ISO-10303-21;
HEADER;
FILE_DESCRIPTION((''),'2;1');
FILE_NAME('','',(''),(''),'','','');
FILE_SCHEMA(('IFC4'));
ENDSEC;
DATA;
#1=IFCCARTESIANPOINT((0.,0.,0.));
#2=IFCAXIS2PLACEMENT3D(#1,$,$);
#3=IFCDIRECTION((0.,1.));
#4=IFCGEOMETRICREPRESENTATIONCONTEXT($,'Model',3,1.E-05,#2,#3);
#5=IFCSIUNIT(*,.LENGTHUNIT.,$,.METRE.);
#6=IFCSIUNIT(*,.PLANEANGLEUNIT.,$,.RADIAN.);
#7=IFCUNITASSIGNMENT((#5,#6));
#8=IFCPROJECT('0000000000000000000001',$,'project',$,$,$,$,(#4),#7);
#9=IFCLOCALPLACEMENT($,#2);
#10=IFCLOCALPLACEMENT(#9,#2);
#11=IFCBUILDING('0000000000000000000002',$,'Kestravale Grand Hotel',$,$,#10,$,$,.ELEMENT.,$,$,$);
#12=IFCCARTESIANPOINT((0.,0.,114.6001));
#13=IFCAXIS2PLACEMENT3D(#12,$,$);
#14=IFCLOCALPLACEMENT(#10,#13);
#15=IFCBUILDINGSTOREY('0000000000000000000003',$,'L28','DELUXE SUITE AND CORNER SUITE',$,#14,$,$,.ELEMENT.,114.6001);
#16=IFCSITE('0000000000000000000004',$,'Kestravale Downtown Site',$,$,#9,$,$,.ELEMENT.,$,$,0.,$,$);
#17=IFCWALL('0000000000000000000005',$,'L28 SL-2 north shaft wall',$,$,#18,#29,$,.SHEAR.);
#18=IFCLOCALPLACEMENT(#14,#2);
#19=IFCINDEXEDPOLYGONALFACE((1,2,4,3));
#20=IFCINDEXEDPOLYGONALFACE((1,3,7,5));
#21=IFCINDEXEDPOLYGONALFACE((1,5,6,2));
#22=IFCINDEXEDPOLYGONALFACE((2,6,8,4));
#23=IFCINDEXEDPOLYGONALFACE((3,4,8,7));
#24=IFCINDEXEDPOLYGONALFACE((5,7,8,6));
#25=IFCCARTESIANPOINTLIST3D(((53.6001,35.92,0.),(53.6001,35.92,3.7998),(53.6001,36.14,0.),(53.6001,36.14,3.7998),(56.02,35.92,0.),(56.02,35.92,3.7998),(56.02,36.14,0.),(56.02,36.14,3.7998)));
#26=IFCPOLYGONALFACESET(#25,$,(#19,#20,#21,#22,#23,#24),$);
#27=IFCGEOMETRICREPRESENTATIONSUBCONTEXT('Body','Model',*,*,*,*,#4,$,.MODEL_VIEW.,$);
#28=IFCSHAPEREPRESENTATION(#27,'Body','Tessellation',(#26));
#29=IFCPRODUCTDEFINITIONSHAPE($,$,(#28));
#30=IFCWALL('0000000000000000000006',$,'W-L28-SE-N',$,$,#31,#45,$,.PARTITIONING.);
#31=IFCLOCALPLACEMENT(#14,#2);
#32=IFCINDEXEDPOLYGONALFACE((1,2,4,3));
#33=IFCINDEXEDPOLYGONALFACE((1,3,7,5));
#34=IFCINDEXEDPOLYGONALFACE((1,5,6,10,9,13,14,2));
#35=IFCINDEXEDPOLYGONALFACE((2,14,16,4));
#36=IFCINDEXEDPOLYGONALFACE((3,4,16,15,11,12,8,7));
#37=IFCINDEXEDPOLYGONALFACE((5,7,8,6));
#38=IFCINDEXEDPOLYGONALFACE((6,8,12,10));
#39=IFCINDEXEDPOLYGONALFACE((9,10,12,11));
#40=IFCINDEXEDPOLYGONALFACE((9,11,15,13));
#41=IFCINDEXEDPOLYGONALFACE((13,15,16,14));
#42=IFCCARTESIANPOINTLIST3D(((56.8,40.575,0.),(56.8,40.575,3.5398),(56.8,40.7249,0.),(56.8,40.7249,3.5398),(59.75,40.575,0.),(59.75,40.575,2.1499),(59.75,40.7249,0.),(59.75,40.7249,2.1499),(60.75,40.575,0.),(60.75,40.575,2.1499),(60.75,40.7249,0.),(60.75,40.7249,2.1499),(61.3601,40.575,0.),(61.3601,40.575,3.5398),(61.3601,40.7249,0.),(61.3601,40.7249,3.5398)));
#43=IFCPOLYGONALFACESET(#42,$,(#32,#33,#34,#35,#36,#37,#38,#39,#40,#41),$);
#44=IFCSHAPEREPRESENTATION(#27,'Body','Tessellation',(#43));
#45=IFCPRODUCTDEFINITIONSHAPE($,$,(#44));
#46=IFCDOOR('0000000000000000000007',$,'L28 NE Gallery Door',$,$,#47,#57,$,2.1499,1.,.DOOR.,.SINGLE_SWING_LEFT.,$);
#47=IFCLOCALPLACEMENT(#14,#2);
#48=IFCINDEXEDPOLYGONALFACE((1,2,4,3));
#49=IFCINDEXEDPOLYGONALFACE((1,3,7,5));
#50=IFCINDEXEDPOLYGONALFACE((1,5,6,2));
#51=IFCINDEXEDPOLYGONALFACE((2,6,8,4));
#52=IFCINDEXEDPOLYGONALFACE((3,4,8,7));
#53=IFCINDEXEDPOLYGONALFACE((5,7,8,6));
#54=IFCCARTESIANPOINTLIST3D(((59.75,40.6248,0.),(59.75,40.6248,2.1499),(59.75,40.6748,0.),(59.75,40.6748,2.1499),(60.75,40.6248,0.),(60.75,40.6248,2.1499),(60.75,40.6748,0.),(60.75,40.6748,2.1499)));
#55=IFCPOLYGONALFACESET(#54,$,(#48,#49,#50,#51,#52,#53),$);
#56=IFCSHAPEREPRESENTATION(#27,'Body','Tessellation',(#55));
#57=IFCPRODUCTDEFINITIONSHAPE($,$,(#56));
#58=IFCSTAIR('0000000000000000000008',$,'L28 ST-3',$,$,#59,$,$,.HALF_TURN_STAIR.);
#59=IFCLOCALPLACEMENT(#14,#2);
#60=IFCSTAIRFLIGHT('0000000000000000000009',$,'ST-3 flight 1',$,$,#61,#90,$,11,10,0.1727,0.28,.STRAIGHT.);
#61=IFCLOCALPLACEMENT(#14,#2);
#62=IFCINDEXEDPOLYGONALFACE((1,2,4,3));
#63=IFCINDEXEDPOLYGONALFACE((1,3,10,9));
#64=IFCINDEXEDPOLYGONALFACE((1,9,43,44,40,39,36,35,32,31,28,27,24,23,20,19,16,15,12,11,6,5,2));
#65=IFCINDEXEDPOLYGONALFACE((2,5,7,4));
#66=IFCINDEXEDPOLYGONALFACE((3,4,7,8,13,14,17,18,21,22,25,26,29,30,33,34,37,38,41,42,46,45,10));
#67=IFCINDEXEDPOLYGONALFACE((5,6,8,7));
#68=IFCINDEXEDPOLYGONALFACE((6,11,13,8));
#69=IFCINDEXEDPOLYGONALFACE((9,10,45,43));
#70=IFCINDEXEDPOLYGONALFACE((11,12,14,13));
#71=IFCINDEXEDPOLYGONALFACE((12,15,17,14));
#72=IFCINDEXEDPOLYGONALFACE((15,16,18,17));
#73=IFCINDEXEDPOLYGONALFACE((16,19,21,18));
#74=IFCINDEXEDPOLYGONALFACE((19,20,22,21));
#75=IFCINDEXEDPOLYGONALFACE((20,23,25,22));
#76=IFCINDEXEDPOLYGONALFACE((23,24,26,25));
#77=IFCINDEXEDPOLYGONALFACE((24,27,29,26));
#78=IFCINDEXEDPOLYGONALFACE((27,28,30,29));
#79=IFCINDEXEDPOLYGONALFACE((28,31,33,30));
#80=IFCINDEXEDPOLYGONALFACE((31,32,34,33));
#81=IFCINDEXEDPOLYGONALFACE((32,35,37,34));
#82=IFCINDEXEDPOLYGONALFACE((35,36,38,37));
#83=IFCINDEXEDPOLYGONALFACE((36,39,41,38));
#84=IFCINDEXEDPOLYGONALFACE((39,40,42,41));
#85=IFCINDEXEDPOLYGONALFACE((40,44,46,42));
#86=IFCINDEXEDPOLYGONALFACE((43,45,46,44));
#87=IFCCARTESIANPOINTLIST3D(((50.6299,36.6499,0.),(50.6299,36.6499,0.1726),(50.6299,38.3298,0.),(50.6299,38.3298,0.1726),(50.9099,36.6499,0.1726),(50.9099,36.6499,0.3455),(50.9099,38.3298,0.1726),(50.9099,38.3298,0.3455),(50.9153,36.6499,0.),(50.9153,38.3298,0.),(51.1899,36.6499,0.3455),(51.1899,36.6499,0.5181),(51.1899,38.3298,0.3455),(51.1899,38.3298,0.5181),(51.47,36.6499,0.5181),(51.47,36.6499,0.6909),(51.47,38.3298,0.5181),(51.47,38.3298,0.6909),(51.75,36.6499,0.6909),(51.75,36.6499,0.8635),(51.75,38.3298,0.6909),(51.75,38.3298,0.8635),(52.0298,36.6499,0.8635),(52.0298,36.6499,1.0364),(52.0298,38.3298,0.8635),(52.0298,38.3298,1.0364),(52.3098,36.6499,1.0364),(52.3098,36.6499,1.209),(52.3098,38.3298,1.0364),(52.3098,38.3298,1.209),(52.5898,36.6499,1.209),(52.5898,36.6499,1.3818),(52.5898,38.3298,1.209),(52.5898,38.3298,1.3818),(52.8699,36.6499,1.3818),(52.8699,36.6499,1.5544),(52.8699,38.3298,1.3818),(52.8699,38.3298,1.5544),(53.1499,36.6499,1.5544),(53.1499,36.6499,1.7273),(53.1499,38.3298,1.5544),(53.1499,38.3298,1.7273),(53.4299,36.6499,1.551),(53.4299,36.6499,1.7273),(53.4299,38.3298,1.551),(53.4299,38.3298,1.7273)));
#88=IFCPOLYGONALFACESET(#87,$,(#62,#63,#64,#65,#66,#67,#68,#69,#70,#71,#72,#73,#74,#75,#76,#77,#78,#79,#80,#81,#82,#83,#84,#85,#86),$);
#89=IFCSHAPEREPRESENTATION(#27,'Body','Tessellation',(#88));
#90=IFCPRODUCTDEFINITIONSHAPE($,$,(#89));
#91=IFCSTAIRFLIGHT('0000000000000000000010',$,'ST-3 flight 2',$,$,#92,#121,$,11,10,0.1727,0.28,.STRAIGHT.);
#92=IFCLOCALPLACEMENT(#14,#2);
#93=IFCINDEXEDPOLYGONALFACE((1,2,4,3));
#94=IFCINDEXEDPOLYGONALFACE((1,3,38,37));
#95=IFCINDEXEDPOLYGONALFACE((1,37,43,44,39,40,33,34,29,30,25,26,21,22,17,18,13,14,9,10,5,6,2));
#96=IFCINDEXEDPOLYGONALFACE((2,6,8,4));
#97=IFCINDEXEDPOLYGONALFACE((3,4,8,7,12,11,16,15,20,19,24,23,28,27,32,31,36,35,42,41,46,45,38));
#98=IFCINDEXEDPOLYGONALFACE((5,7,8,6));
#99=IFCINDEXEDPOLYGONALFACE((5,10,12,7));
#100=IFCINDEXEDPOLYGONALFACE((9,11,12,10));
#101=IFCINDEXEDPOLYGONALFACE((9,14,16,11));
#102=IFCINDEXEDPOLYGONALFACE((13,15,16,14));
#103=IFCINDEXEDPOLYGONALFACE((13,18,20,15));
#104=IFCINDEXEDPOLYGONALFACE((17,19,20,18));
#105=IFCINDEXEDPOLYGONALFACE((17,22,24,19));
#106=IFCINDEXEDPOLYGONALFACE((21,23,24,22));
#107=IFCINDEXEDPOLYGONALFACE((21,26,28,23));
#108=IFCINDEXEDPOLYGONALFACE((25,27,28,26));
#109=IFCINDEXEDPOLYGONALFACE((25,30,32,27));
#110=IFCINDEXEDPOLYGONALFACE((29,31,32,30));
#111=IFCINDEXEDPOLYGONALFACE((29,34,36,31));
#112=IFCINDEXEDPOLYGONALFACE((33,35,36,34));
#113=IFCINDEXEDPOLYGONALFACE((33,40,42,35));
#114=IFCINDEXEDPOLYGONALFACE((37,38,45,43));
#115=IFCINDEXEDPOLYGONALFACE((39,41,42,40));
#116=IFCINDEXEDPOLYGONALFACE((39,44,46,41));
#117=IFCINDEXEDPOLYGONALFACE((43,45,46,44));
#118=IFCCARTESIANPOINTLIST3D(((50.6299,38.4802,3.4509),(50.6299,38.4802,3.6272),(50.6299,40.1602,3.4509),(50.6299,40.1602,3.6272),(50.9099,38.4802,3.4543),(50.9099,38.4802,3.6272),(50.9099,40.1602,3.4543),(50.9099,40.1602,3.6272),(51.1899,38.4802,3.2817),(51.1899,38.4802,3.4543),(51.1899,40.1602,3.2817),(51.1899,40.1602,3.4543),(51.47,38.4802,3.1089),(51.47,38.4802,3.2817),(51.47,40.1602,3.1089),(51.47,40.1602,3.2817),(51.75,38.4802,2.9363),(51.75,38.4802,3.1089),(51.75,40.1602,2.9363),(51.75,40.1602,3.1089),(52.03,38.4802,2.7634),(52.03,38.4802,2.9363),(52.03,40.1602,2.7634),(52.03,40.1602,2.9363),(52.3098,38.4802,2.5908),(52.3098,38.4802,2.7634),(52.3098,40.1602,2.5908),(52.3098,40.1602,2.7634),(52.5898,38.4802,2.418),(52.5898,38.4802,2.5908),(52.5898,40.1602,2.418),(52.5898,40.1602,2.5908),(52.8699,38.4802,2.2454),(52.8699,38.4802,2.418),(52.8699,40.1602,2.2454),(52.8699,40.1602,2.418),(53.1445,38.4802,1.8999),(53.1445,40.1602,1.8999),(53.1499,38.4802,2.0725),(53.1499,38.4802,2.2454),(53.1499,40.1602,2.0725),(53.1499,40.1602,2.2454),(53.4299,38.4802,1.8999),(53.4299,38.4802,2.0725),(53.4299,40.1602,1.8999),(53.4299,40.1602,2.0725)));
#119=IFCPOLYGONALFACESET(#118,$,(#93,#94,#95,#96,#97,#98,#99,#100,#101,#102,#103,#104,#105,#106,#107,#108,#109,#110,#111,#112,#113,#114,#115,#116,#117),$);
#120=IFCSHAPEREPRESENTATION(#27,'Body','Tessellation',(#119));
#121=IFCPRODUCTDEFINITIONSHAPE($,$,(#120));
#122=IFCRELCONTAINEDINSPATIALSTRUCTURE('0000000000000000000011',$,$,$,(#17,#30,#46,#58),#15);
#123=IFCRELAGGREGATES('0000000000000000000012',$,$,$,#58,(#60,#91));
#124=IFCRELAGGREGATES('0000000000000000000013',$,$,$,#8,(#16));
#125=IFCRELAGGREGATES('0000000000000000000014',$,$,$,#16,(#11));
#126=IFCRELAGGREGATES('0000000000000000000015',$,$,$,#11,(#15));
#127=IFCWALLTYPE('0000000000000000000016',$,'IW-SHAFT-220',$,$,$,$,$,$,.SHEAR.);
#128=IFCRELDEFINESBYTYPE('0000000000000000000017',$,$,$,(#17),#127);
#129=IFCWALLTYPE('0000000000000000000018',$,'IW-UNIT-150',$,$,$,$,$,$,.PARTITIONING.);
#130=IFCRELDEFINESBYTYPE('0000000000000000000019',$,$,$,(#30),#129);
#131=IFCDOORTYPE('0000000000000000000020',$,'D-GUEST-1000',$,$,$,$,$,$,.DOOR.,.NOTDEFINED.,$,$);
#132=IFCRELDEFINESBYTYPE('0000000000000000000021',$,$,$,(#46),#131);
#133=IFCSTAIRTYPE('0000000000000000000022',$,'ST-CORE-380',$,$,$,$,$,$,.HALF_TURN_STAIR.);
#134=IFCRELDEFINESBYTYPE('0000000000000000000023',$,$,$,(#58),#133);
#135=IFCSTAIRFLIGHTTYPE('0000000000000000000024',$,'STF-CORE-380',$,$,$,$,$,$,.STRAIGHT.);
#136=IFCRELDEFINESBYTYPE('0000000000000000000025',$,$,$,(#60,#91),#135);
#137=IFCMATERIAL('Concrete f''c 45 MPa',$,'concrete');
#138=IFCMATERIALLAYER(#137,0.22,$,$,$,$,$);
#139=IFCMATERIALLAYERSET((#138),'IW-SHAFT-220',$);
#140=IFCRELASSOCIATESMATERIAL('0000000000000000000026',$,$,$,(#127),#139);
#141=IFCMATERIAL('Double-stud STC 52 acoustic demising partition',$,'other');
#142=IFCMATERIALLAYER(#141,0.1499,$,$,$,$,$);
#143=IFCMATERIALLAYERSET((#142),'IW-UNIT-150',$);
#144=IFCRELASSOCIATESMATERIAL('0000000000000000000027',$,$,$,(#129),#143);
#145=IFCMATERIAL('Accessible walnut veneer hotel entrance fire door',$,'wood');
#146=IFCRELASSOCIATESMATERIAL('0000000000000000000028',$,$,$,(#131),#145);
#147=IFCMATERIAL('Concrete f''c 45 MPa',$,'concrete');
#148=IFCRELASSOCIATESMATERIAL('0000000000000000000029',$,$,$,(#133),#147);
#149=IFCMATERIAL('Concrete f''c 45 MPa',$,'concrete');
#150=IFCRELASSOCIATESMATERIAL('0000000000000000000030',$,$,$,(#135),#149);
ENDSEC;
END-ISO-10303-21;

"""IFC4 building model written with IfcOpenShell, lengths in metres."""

from ifc_helpers import new_model, si_unit, direction, frame, frame_2d, origin, place, context, subcontext, project, spatial, polyline, rectangle, outline, extrude, material, layer, layer_set, type_object, element, fill, aggregate, save


model = new_model("IFC4")

# Units and contexts
model_context = context("Model", 3, precision=1e-05, world=origin(), true_north=direction((0.0, 1.0)))
body_context = subcontext(model_context, "Body", "Model", "MODEL_VIEW")
ifc_project = project(units=[si_unit("LENGTHUNIT", "METRE"), si_unit("PLANEANGLEUNIT", "RADIAN")], contexts=[model_context])

# Site, building, storey
site_placement = place(None, origin())
site = spatial("IfcSite", under=ifc_project, at=site_placement, Name="Kestravale Downtown Site", CompositionType="ELEMENT", RefElevation=0.0)
building_placement = place(site_placement, origin())
building = spatial("IfcBuilding", under=site, at=building_placement, Name="Kestravale Grand Hotel", CompositionType="ELEMENT")
storey_placement = place(building_placement, frame((0.0, 0.0, 114.6001)))
storey = spatial("IfcBuildingStorey", under=building, at=storey_placement, Name="L28", Description="DELUXE SUITE AND CORNER SUITE", CompositionType="ELEMENT", Elevation=114.6001)

# Shared definitions
ifc_material_1 = material(Name="Concrete f'c 45 MPa", Category="concrete")
ifc_layer_1 = layer(ifc_material_1, 0.22)
ifc_layer_set_1 = layer_set([ifc_layer_1], Name="IW-SHAFT-220")
wall_type_1 = type_object("IfcWallType", Name="IW-SHAFT-220", PredefinedType="SHEAR", material=ifc_layer_set_1)

# Wall
wall_1_placement = place(storey_placement, frame((53.6001, 36.03, 0.0), z_axis=(0.0, 0.0, 1.0), x_axis=(1.0, 0.0, 0.0)))
element("IfcWall", 1, at=wall_1_placement, inside=storey, type_object=wall_type_1, Name="L28 SL-2 north shaft wall", PredefinedType="SHEAR", context=body_context, shape_type="SweptSolid", body=[
    extrude(rectangle(XDim=2.4199, YDim=0.22, at=frame_2d((1.21, 0.0))), origin(), (0.0, 0.0, 1.0), 3.7998),
])

# Wall, opening, door
ifc_material_2 = material(Name="Double-stud STC 52 acoustic demising partition", Category="other")
ifc_layer_2 = layer(ifc_material_2, 0.1499)
ifc_layer_set_2 = layer_set([ifc_layer_2], Name="IW-UNIT-150")
wall_type_2 = type_object("IfcWallType", Name="IW-UNIT-150", PredefinedType="PARTITIONING", material=ifc_layer_set_2)
wall_2_placement = place(storey_placement, frame((56.8, 40.6499, 0.0), z_axis=(0.0, 0.0, 1.0), x_axis=(1.0, 0.0, 0.0)))
wall_2 = element("IfcWall", 2, at=wall_2_placement, inside=storey, type_object=wall_type_2, Name="W-L28-SE-N", PredefinedType="PARTITIONING", context=body_context, shape_type="SweptSolid", body=[
    extrude(rectangle(XDim=4.5601, YDim=0.1499, at=frame_2d((2.28, 0.0))), origin(), (0.0, 0.0, 1.0), 3.5398),
])
opening_1_placement = place(wall_2_placement, frame((2.95, 0.0, 0.0)))
opening_1 = element("IfcOpeningElement", 3, at=opening_1_placement, cuts=wall_2, PredefinedType="OPENING", context=body_context, shape_type="SweptSolid", body=[
    extrude(rectangle(XDim=1.0, YDim=2.1499, at=frame_2d((0.5, 1.075))), frame((0.0, 0.085, 0.0), z_axis=(0.0, -1.0, 0.0), x_axis=(1.0, 0.0, 0.0)), (0.0, 0.0, 1.0), 0.1699),
])
ifc_material_3 = material(Name="Accessible walnut veneer hotel entrance fire door", Category="wood")
door_type_1 = type_object("IfcDoorType", Name="D-GUEST-1000", OperationType="NOTDEFINED", PredefinedType="DOOR", material=ifc_material_3)
door_1_placement = place(opening_1_placement, origin())
door_1 = element("IfcDoor", 4, at=door_1_placement, inside=storey, type_object=door_type_1, Name="L28 NE Gallery Door", OperationType="SINGLE_SWING_LEFT", OverallHeight=2.1499, OverallWidth=1.0, PredefinedType="DOOR", context=body_context, shape_type="SweptSolid", body=[
    extrude(rectangle(XDim=1.0, YDim=2.1499, at=frame_2d((0.5, 1.075))), frame((0.0, 0.0249, 0.0), z_axis=(0.0, -1.0, 0.0), x_axis=(1.0, 0.0, 0.0)), (0.0, 0.0, 1.0), 0.05),
])
fill(opening_1, door_1)

# Stair, stair flights
ifc_material_4 = material(Name="Concrete f'c 45 MPa", Category="concrete")
stair_type = type_object("IfcStairType", Name="ST-CORE-380", PredefinedType="HALF_TURN_STAIR", material=ifc_material_4)
stair_placement = place(storey_placement, origin())
stair = element("IfcStair", 5, at=stair_placement, inside=storey, type_object=stair_type, Name="L28 ST-3", PredefinedType="HALF_TURN_STAIR")
ifc_material_5 = material(Name="Concrete f'c 45 MPa", Category="concrete")
stair_flight_type = type_object("IfcStairFlightType", Name="STF-CORE-380", PredefinedType="STRAIGHT", material=ifc_material_5)
stair_flight_1_placement = place(storey_placement, frame((50.6299, 37.49, 0.0), z_axis=(0.0, 0.0, 1.0), x_axis=(1.0, 0.0, 0.0)))
stair_flight_1 = element("IfcStairFlight", 6, at=stair_flight_1_placement, type_object=stair_flight_type, Name="ST-3 flight 1", NumberOfRisers=11, NumberOfTreads=10, PredefinedType="STRAIGHT", RiserHeight=0.1727, TreadLength=0.28, context=body_context, shape_type="SweptSolid", body=[
    extrude(outline(polyline([(0.0, 0.0), (0.0, 0.1726), (0.28, 0.1726), (0.28, 0.3455), (0.5601, 0.3455), (0.5601, 0.5181), (0.8401, 0.5181), (0.8401, 0.6909), (1.1201, 0.6909), (1.1201, 0.8635), (1.3999, 0.8635), (1.3999, 1.0364), (1.6799, 1.0364), (1.6799, 1.209), (1.96, 1.209), (1.96, 1.3818), (2.24, 1.3818), (2.24, 1.5544), (2.52, 1.5544), (2.52, 1.7273), (2.8, 1.7273), (2.8, 1.8999), (2.8, 1.551), (0.2854, 0.0), (0.0, 0.0)])), frame((0.0, 0.8398, 0.0), z_axis=(0.0, -1.0, 0.0), x_axis=(1.0, 0.0, 0.0)), (0.0, 0.0, 1.0), 1.6799),
])
stair_flight_2_placement = place(storey_placement, frame((53.4299, 39.3201, 1.8999), z_axis=(0.0, 0.0, 1.0), x_axis=(-1.0, 0.0, 0.0)))
stair_flight_2 = element("IfcStairFlight", 7, at=stair_flight_2_placement, type_object=stair_flight_type, Name="ST-3 flight 2", NumberOfRisers=11, NumberOfTreads=10, PredefinedType="STRAIGHT", RiserHeight=0.1727, TreadLength=0.28, context=body_context, shape_type="SweptSolid", body=[
    extrude(outline(polyline([(0.0, 0.0), (0.0, 0.1726), (0.28, 0.1726), (0.28, 0.3455), (0.5601, 0.3455), (0.5601, 0.5181), (0.8401, 0.5181), (0.8401, 0.6909), (1.1201, 0.6909), (1.1201, 0.8635), (1.3999, 0.8635), (1.3999, 1.0364), (1.6799, 1.0364), (1.6799, 1.209), (1.96, 1.209), (1.96, 1.3818), (2.24, 1.3818), (2.24, 1.5544), (2.52, 1.5544), (2.52, 1.7273), (2.8, 1.7273), (2.8, 1.8999), (2.8, 1.551), (0.2854, 0.0), (0.0, 0.0)])), frame((0.0, 0.8398, 0.0), z_axis=(0.0, -1.0, 0.0), x_axis=(1.0, 0.0, 0.0)), (0.0, 0.0, 1.0), 1.6799),
])
aggregate(stair, [stair_flight_1, stair_flight_2])

save(model, "model.ifc")
